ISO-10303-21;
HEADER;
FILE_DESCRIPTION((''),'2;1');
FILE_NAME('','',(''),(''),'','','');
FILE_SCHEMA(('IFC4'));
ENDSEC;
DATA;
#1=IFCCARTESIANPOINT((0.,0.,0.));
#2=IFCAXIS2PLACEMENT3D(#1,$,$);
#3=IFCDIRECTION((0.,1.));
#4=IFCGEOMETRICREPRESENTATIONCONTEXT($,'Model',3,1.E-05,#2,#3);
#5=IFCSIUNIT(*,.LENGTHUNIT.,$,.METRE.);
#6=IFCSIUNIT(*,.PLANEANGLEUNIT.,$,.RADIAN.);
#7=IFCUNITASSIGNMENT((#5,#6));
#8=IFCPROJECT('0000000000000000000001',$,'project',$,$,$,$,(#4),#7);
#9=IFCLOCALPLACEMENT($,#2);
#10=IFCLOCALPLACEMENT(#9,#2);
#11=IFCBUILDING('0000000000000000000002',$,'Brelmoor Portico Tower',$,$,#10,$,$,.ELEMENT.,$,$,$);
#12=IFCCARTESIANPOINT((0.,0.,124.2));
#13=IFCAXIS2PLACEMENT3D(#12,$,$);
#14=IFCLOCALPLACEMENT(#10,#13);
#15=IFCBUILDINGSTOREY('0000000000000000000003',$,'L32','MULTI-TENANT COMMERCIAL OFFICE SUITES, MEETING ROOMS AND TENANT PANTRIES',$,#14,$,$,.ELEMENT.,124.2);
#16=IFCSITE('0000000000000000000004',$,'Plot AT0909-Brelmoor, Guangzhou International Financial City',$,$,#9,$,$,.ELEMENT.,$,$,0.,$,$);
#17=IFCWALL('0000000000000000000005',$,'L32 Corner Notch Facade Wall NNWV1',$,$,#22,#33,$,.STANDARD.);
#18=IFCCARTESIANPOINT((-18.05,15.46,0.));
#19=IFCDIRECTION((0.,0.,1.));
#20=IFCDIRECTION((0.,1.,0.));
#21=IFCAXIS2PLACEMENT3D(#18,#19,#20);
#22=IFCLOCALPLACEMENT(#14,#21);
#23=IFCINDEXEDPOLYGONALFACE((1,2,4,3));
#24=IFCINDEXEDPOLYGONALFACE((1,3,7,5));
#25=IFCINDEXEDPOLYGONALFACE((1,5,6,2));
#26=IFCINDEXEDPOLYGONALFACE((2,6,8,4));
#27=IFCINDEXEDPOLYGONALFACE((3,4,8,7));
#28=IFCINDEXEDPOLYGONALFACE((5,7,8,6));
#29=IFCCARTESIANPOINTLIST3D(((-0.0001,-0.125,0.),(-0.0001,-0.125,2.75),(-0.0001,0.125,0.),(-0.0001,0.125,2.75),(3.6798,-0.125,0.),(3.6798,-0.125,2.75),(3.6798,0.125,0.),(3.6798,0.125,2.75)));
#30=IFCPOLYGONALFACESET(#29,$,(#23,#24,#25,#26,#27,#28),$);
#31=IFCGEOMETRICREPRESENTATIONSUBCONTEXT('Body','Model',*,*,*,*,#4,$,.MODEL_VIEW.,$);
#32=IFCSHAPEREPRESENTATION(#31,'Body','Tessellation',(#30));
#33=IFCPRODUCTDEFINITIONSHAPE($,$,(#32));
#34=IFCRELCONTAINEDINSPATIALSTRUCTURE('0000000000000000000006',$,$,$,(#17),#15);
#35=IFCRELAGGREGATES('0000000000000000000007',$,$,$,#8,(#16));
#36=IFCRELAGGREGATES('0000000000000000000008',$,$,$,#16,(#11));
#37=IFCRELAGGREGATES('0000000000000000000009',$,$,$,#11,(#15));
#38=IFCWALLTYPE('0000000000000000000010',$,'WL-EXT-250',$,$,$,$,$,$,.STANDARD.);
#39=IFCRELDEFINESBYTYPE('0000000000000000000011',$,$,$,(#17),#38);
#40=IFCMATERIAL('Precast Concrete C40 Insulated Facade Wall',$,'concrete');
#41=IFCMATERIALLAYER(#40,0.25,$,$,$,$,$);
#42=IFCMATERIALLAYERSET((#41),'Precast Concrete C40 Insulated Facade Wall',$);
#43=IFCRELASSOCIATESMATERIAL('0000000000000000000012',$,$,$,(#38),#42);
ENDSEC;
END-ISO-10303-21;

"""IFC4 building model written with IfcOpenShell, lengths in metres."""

from ifc_helpers import new_model, si_unit, direction, frame, frame_2d, origin, place, context, subcontext, project, spatial, rectangle, extrude, material, layer, layer_set, type_object, element, save


model = new_model("IFC4")

# Units and contexts
model_context = context("Model", 3, precision=1e-05, world=origin(), true_north=direction((0.0, 1.0)))
body_context = subcontext(model_context, "Body", "Model", "MODEL_VIEW")
ifc_project = project(units=[si_unit("LENGTHUNIT", "METRE"), si_unit("PLANEANGLEUNIT", "RADIAN")], contexts=[model_context])

# Site, building, storey
site_placement = place(None, origin())
site = spatial("IfcSite", under=ifc_project, at=site_placement, Name="Plot AT0909-Brelmoor, Guangzhou International Financial City", CompositionType="ELEMENT", RefElevation=0.0)
building_placement = place(site_placement, origin())
building = spatial("IfcBuilding", under=site, at=building_placement, Name="Brelmoor Portico Tower", CompositionType="ELEMENT")
storey_placement = place(building_placement, frame((0.0, 0.0, 124.2)))
storey = spatial("IfcBuildingStorey", under=building, at=storey_placement, Name="L32", Description="MULTI-TENANT COMMERCIAL OFFICE SUITES, MEETING ROOMS AND TENANT PANTRIES", CompositionType="ELEMENT", Elevation=124.2)

# Shared definitions
ifc_material_1 = material(Name="Precast Concrete C40 Insulated Facade Wall", Category="concrete")
ifc_layer_1 = layer(ifc_material_1, 0.25)
ifc_layer_set_1 = layer_set([ifc_layer_1], Name="Precast Concrete C40 Insulated Facade Wall")
wall_type = type_object("IfcWallType", Name="WL-EXT-250", PredefinedType="STANDARD", material=ifc_layer_set_1)

# Wall
for number, where, z_axis, x_axis, name in (
    (1, (-18.05, 15.46, 0.0), (0.0, 0.0, 1.0), (0.0, 1.0, 0.0), "L32 Corner Notch Facade Wall NNWV1"),
):
    element("IfcWall", number, at=place(storey_placement, frame(where, z_axis=z_axis, x_axis=x_axis)), inside=storey, type_object=wall_type, Name=name, PredefinedType="STANDARD", context=body_context, shape_type="SweptSolid", body=[
        extrude(rectangle(XDim=3.6799, YDim=0.25, at=frame_2d((1.8398, 0.0))), origin(), (0.0, 0.0, 1.0), 2.75),
    ])

save(model, "model.ifc")
